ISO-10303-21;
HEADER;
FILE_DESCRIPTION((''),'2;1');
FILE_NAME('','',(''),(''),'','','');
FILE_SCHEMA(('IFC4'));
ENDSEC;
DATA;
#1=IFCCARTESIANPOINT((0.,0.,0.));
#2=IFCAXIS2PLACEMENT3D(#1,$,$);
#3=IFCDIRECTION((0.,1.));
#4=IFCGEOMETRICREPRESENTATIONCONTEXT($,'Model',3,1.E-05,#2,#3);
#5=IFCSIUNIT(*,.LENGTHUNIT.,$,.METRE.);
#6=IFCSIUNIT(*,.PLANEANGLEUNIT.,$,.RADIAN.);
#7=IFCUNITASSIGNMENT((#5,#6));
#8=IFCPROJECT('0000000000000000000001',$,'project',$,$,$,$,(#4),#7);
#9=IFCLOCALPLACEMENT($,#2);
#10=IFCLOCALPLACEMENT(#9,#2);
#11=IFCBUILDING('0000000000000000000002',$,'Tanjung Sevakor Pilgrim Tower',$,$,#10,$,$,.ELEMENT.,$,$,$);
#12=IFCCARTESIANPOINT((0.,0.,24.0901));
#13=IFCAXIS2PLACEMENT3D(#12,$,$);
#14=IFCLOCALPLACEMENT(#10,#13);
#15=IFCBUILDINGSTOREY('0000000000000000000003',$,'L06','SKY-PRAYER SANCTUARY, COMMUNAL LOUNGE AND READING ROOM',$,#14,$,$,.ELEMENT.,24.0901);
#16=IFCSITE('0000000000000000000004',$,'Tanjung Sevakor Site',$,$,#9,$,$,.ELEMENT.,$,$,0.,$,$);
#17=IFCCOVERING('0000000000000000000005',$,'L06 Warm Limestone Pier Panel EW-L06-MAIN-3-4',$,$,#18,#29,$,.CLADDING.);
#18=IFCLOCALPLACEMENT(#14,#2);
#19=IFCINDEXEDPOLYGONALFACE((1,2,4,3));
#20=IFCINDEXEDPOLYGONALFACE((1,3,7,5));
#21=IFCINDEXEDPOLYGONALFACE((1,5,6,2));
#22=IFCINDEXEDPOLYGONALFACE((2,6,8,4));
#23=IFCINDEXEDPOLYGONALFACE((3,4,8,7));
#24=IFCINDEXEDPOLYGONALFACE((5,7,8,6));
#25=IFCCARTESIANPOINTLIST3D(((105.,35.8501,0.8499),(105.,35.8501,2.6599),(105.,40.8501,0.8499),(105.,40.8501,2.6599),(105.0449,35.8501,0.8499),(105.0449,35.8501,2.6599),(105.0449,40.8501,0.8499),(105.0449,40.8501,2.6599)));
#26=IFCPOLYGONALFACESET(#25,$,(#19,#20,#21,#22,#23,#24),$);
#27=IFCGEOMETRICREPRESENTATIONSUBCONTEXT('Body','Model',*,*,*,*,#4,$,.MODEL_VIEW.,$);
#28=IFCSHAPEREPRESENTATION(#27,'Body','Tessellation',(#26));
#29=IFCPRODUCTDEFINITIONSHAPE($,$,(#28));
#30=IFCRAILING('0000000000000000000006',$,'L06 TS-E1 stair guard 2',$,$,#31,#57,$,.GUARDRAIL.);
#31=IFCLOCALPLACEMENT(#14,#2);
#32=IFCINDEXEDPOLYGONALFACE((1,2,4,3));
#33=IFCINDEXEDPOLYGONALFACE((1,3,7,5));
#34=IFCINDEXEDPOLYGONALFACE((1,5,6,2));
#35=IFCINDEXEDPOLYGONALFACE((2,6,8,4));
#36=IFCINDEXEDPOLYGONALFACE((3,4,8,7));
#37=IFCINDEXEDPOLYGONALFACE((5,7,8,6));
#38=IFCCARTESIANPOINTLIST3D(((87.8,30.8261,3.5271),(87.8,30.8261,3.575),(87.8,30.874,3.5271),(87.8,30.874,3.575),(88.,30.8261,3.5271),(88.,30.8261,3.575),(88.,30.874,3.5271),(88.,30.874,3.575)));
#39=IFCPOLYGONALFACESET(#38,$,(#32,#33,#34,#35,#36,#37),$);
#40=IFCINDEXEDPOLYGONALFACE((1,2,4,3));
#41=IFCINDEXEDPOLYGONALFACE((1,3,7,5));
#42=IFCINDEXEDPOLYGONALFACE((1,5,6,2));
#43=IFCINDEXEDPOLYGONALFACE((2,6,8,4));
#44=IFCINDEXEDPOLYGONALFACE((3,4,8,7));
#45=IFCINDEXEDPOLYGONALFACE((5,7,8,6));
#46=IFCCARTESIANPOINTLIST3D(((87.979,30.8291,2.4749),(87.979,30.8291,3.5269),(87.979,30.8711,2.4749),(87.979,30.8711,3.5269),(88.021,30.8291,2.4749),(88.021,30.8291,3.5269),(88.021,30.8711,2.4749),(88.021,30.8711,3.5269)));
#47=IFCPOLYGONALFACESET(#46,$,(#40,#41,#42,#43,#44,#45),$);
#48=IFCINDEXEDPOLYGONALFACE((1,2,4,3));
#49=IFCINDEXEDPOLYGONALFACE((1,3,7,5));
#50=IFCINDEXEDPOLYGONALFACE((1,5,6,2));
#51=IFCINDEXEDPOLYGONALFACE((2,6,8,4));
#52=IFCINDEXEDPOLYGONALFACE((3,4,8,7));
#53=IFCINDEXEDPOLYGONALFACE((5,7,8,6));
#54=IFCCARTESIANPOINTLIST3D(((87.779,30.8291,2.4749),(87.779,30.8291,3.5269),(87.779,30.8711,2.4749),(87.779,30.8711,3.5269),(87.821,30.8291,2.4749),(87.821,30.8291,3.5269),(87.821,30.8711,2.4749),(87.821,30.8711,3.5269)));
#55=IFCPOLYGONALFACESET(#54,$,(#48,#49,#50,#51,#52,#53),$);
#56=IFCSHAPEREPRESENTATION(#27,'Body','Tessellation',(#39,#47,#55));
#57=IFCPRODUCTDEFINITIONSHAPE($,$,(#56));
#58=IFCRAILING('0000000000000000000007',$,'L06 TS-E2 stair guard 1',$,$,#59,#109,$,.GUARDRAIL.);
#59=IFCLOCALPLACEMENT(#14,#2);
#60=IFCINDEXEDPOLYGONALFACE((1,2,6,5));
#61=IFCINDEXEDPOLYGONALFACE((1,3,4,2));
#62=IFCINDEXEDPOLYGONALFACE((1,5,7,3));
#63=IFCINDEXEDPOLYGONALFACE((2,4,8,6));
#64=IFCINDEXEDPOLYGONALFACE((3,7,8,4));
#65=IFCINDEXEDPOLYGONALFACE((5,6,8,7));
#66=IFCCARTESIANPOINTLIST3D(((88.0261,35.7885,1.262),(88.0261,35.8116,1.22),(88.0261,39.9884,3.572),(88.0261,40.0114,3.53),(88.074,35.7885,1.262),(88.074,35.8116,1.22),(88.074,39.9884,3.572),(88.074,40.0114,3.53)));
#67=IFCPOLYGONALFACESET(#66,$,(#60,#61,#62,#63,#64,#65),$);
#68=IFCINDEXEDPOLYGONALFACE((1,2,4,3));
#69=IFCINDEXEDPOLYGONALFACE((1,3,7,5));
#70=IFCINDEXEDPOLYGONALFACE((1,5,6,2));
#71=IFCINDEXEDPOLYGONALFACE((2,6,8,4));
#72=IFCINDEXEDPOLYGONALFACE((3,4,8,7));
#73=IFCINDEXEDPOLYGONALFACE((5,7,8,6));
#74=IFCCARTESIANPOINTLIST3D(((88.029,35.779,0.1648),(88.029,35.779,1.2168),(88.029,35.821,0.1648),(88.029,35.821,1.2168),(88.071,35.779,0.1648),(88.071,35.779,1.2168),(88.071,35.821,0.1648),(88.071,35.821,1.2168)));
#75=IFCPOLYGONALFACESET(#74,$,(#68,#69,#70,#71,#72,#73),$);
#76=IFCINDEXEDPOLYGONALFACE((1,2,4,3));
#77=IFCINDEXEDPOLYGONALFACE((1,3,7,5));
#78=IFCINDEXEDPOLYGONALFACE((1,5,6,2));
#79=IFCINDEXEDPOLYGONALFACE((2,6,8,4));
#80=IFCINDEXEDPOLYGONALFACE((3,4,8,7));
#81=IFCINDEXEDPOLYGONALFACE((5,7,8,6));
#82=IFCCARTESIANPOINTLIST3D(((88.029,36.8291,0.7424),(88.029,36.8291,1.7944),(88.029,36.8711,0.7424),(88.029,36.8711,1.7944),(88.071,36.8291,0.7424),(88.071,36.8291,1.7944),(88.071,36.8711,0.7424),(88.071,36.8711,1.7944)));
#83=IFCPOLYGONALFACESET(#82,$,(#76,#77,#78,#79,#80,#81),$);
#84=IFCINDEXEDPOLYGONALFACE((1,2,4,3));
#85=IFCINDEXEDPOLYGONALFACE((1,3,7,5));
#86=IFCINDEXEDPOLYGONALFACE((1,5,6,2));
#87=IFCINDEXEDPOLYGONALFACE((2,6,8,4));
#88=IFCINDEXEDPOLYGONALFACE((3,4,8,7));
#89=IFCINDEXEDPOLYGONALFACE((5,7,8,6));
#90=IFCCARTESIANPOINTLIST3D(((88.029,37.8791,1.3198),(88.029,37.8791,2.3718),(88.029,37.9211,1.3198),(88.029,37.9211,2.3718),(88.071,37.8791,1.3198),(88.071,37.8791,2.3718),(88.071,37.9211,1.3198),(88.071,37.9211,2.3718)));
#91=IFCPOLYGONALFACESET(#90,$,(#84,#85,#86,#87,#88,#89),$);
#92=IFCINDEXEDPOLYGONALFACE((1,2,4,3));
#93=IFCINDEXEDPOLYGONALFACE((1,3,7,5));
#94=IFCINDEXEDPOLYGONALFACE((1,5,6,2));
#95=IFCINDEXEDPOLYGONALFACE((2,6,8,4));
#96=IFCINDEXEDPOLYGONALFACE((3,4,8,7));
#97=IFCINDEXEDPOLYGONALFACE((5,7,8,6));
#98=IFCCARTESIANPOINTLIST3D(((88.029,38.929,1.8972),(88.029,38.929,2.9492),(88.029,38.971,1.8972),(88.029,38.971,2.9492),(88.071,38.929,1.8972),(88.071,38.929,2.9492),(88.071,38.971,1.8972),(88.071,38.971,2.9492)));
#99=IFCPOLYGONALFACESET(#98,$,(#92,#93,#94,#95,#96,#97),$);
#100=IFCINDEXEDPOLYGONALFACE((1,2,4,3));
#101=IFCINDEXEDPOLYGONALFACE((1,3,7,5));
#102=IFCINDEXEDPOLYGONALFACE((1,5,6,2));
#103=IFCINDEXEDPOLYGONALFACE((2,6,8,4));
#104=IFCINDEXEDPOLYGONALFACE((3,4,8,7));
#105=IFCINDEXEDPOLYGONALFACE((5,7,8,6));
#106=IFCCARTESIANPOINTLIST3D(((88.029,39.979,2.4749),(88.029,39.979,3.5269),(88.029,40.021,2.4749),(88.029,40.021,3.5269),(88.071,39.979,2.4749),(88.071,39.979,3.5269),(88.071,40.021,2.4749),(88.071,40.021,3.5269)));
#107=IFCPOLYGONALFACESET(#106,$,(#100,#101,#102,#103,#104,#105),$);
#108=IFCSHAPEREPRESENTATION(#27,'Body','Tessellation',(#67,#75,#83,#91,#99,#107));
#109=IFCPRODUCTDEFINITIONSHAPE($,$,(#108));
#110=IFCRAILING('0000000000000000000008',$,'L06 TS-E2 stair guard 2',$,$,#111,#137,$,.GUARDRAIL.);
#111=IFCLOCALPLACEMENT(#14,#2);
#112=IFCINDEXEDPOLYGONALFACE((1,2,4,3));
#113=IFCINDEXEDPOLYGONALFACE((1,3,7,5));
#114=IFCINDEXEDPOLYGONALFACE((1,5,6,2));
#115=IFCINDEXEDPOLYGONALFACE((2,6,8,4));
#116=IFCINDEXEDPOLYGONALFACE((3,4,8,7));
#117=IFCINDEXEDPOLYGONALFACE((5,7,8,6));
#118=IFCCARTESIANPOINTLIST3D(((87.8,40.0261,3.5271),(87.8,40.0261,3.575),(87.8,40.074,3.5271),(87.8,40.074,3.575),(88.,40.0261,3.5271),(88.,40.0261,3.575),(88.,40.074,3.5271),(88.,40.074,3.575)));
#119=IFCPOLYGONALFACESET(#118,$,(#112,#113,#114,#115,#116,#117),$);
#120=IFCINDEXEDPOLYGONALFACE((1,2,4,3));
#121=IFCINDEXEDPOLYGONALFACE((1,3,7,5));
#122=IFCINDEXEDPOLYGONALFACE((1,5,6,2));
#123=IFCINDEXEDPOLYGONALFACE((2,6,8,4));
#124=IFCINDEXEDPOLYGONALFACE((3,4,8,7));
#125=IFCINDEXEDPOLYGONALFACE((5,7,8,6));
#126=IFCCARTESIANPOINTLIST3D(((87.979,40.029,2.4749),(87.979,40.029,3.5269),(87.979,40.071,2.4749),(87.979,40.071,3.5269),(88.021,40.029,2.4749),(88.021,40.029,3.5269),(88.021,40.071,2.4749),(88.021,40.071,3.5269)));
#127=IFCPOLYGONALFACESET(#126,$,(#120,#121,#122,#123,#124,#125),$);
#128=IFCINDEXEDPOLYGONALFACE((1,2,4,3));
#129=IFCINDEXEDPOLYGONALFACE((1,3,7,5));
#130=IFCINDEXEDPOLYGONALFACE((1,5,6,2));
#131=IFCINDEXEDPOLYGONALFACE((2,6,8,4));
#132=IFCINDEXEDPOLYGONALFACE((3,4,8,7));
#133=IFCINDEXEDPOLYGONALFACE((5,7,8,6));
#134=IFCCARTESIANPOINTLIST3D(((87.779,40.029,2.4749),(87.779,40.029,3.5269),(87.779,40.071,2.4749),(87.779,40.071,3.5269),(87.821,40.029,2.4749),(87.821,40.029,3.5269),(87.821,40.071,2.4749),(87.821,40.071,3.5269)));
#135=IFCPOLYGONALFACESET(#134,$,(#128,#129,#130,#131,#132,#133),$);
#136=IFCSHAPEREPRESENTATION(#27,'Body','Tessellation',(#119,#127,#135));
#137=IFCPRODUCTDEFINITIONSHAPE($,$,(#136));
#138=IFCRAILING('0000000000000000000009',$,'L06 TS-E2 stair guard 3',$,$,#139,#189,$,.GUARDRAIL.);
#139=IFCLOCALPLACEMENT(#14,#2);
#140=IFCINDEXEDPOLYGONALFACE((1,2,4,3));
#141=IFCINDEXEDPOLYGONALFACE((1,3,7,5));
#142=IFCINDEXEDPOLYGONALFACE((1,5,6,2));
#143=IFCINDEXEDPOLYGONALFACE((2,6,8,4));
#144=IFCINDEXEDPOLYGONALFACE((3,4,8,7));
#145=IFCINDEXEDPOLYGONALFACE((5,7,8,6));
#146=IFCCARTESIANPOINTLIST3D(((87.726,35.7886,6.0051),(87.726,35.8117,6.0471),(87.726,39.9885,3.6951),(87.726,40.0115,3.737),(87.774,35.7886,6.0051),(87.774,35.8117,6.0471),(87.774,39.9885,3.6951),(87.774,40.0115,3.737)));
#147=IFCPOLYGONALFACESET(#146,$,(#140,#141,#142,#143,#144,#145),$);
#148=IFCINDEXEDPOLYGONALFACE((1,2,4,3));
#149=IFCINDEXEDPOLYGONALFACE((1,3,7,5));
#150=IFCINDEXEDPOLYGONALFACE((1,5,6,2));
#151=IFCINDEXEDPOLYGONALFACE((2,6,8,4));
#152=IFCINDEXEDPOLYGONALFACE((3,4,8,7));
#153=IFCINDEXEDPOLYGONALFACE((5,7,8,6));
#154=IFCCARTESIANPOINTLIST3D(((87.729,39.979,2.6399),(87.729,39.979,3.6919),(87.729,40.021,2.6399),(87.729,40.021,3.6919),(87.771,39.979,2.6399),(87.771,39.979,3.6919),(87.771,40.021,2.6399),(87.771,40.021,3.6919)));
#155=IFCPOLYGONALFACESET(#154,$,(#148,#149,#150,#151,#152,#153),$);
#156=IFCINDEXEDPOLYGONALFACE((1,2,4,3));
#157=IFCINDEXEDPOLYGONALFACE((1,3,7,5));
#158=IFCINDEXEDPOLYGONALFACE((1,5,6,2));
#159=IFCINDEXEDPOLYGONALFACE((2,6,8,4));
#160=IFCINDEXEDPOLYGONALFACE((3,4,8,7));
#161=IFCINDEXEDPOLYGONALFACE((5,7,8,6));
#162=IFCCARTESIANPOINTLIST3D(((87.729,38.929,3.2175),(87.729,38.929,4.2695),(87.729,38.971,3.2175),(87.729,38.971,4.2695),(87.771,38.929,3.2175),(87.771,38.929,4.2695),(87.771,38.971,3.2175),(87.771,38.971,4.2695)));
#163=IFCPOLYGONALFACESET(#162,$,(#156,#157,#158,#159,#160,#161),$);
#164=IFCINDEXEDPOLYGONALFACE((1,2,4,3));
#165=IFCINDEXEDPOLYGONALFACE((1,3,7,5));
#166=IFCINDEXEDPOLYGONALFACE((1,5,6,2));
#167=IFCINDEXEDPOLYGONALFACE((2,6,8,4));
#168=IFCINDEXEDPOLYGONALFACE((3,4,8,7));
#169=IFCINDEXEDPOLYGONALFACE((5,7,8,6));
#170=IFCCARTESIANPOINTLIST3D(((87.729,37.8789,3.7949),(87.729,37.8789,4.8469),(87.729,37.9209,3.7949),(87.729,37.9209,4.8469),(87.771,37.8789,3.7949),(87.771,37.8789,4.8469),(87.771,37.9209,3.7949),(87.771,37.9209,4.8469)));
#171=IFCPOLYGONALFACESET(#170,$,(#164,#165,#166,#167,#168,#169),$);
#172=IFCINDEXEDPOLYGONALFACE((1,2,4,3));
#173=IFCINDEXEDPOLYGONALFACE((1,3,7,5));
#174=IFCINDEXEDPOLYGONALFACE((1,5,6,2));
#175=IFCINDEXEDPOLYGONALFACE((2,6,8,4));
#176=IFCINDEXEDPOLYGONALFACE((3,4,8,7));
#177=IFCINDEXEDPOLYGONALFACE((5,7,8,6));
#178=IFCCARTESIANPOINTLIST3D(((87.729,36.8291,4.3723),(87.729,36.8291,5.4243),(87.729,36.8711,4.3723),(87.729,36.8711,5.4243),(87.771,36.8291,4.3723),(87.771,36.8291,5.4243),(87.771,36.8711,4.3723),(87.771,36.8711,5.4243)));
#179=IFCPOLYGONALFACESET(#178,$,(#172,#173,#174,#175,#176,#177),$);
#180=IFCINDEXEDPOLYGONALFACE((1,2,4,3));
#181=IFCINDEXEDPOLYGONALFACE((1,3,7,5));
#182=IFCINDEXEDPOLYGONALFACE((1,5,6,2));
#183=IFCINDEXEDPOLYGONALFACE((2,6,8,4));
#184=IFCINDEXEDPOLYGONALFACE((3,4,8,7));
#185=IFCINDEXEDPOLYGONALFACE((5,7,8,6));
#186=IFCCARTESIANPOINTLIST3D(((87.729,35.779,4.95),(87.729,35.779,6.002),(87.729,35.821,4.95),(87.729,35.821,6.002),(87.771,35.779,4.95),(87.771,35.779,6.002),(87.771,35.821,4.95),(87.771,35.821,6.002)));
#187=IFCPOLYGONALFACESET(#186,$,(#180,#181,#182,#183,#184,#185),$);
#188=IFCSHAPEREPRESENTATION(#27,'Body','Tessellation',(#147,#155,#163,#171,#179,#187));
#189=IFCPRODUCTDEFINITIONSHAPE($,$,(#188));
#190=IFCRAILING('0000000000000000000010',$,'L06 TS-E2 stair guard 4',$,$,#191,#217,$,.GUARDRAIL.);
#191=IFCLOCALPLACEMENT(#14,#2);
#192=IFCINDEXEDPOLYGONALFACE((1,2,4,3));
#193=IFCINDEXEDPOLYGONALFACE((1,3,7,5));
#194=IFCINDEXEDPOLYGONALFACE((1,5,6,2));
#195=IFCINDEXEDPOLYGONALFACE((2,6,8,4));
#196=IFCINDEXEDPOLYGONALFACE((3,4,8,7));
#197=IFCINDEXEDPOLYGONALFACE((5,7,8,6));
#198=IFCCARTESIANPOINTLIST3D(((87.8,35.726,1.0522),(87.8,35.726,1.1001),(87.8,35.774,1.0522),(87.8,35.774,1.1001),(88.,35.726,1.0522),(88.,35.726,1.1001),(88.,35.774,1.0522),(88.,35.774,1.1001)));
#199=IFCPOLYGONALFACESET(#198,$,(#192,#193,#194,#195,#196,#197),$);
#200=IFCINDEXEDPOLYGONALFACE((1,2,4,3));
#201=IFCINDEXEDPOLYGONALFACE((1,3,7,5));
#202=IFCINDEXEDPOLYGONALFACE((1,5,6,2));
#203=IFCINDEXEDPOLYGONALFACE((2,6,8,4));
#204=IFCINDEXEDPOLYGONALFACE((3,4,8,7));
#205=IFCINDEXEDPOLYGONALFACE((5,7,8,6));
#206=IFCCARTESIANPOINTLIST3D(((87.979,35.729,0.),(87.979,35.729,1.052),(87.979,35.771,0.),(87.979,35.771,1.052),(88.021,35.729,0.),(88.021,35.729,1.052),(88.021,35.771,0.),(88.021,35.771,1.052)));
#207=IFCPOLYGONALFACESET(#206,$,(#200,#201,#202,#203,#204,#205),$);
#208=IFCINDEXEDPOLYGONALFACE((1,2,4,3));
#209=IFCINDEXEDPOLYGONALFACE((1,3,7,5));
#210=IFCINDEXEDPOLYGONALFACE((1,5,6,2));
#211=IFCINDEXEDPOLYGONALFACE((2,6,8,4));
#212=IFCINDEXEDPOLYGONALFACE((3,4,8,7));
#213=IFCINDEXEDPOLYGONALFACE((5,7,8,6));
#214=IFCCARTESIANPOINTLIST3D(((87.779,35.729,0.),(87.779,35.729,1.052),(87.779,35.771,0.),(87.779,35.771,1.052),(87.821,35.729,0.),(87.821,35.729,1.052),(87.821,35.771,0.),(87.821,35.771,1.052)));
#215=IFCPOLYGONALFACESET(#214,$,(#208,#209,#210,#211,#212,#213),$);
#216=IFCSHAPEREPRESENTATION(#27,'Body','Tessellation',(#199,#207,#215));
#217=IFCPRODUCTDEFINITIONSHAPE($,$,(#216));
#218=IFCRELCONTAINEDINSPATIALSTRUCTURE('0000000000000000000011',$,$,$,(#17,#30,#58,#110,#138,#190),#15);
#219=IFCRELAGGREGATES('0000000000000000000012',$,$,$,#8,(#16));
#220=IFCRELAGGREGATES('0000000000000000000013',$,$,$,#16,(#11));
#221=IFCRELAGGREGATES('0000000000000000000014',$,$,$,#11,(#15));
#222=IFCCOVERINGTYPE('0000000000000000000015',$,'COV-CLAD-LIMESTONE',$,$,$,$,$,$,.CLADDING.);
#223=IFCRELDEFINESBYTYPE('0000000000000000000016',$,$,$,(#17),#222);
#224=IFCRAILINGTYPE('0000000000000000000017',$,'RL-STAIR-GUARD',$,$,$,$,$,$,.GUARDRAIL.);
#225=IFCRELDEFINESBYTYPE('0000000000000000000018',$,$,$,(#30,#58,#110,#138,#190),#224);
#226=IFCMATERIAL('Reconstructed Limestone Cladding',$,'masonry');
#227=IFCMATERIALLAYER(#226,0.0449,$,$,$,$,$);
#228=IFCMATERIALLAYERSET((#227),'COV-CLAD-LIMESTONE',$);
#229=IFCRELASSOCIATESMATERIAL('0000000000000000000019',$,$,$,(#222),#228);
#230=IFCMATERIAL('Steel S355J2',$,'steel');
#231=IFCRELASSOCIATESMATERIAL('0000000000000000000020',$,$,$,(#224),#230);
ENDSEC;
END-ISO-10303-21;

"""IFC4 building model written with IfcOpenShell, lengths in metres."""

from ifc_helpers import new_model, si_unit, direction, frame, origin, origin_2d, place, context, subcontext, project, spatial, rectangle, extrude, material, layer, layer_set, type_object, element, save


model = new_model("IFC4")

# Units and contexts
model_context = context("Model", 3, precision=1e-05, world=origin(), true_north=direction((0.0, 1.0)))
body_context = subcontext(model_context, "Body", "Model", "MODEL_VIEW")
ifc_project = project(units=[si_unit("LENGTHUNIT", "METRE"), si_unit("PLANEANGLEUNIT", "RADIAN")], contexts=[model_context])

# Site, building, storey
site_placement = place(None, origin())
site = spatial("IfcSite", under=ifc_project, at=site_placement, Name="Tanjung Sevakor Site", CompositionType="ELEMENT", RefElevation=0.0)
building_placement = place(site_placement, origin())
building = spatial("IfcBuilding", under=site, at=building_placement, Name="Tanjung Sevakor Pilgrim Tower", CompositionType="ELEMENT")
storey_placement = place(building_placement, frame((0.0, 0.0, 24.0901)))
storey = spatial("IfcBuildingStorey", under=building, at=storey_placement, Name="L06", Description="SKY-PRAYER SANCTUARY, COMMUNAL LOUNGE AND READING ROOM", CompositionType="ELEMENT", Elevation=24.0901)

# Covering
ifc_material_1 = material(Name="Reconstructed Limestone Cladding", Category="masonry")
ifc_layer_1 = layer(ifc_material_1, 0.0449)
ifc_layer_set_1 = layer_set([ifc_layer_1], Name="COV-CLAD-LIMESTONE")
covering_type = type_object("IfcCoveringType", Name="COV-CLAD-LIMESTONE", PredefinedType="CLADDING", material=ifc_layer_set_1)
covering_1_placement = place(storey_placement, frame((105.0225, 38.3501, 0.8499), z_axis=(0.0, 0.0, 1.0), x_axis=(0.0, 1.0, 0.0)))
element("IfcCovering", 1, at=covering_1_placement, inside=storey, type_object=covering_type, Name="L06 Warm Limestone Pier Panel EW-L06-MAIN-3-4", PredefinedType="CLADDING", context=body_context, shape_type="SweptSolid", body=[
    extrude(rectangle(XDim=5.0, YDim=0.0449, at=origin_2d()), origin(), (0.0, 0.0, 1.0), 1.8101),
])

# Railings
ifc_material_2 = material(Name="Steel S355J2", Category="steel")
railing_type_1 = type_object("IfcRailingType", Name="RL-STAIR-GUARD", PredefinedType="GUARDRAIL", material=ifc_material_2)
railing_1_placement = place(storey_placement, frame((88.0, 30.8501, 2.4749)))
element("IfcRailing", 2, at=railing_1_placement, inside=storey, type_object=railing_type_1, Name="L06 TS-E1 stair guard 2", PredefinedType="GUARDRAIL", context=body_context, shape_type="SweptSolid", body=[
    extrude(rectangle(XDim=0.0479, YDim=0.0479), frame((0.0, 0.0, 1.0762), z_axis=(-1.0, 0.0, 0.0), x_axis=(0.0, -1.0, 0.0)), (0.0, 0.0, 1.0), 0.2),
    extrude(rectangle(XDim=0.042, YDim=0.042), origin(), (0.0, 0.0, 1.0), 1.052),
    extrude(rectangle(XDim=0.042, YDim=0.042), frame((-0.2, 0.0, 0.0)), (0.0, 0.0, 1.0), 1.052),
])
railing_2_placement = place(storey_placement, frame((88.05, 35.8, 0.1648)))
element("IfcRailing", 3, at=railing_2_placement, inside=storey, type_object=railing_type_1, Name="L06 TS-E2 stair guard 1", PredefinedType="GUARDRAIL", context=body_context, shape_type="SweptSolid", body=[
    extrude(rectangle(XDim=0.0479, YDim=0.0479), frame((0.0, 0.0, 1.0762), z_axis=(0.0, 0.876208, 0.481932), x_axis=(-1.0, 0.0, 0.0)), (0.0, 0.0, 1.0), 4.7932),
    extrude(rectangle(XDim=0.042, YDim=0.042), origin(), (0.0, 0.0, 1.0), 1.052),
    extrude(rectangle(XDim=0.042, YDim=0.042), frame((0.0, 1.05, 0.5776)), (0.0, 0.0, 1.0), 1.052),
    extrude(rectangle(XDim=0.042, YDim=0.042), frame((0.0, 2.1001, 1.155)), (0.0, 0.0, 1.0), 1.052),
    extrude(rectangle(XDim=0.042, YDim=0.042), frame((0.0, 3.1499, 1.7324)), (0.0, 0.0, 1.0), 1.052),
    extrude(rectangle(XDim=0.042, YDim=0.042), frame((0.0, 4.2, 2.3101)), (0.0, 0.0, 1.0), 1.052),
])
railing_3_placement = place(storey_placement, frame((88.0, 40.05, 2.4749)))
element("IfcRailing", 4, at=railing_3_placement, inside=storey, type_object=railing_type_1, Name="L06 TS-E2 stair guard 2", PredefinedType="GUARDRAIL", context=body_context, shape_type="SweptSolid", body=[
    extrude(rectangle(XDim=0.0479, YDim=0.0479), frame((0.0, 0.0, 1.0762), z_axis=(-1.0, 0.0, 0.0), x_axis=(0.0, -1.0, 0.0)), (0.0, 0.0, 1.0), 0.2),
    extrude(rectangle(XDim=0.042, YDim=0.042), origin(), (0.0, 0.0, 1.0), 1.052),
    extrude(rectangle(XDim=0.042, YDim=0.042), frame((-0.2, 0.0, 0.0)), (0.0, 0.0, 1.0), 1.052),
])
railing_4_placement = place(storey_placement, frame((87.75, 40.0, 2.6399)))
element("IfcRailing", 5, at=railing_4_placement, inside=storey, type_object=railing_type_1, Name="L06 TS-E2 stair guard 3", PredefinedType="GUARDRAIL", context=body_context, shape_type="SweptSolid", body=[
    extrude(rectangle(XDim=0.0479, YDim=0.0479), frame((0.0, 0.0, 1.0762), z_axis=(0.0, -0.876208, 0.481932), x_axis=(1.0, 0.0, 0.0)), (0.0, 0.0, 1.0), 4.7932),
    extrude(rectangle(XDim=0.042, YDim=0.042), origin(), (0.0, 0.0, 1.0), 1.052),
    extrude(rectangle(XDim=0.042, YDim=0.042), frame((0.0, -1.05, 0.5776)), (0.0, 0.0, 1.0), 1.052),
    extrude(rectangle(XDim=0.042, YDim=0.042), frame((0.0, -2.1001, 1.155)), (0.0, 0.0, 1.0), 1.052),
    extrude(rectangle(XDim=0.042, YDim=0.042), frame((0.0, -3.1499, 1.7324)), (0.0, 0.0, 1.0), 1.052),
    extrude(rectangle(XDim=0.042, YDim=0.042), frame((0.0, -4.2, 2.3101)), (0.0, 0.0, 1.0), 1.052),
])
railing_5_placement = place(storey_placement, frame((88.0, 35.75, 0.0)))
element("IfcRailing", 6, at=railing_5_placement, inside=storey, type_object=railing_type_1, Name="L06 TS-E2 stair guard 4", PredefinedType="GUARDRAIL", context=body_context, shape_type="SweptSolid", body=[
    extrude(rectangle(XDim=0.0479, YDim=0.0479), frame((0.0, 0.0, 1.0762), z_axis=(-1.0, 0.0, 0.0), x_axis=(0.0, -1.0, 0.0)), (0.0, 0.0, 1.0), 0.2),
    extrude(rectangle(XDim=0.042, YDim=0.042), origin(), (0.0, 0.0, 1.0), 1.052),
    extrude(rectangle(XDim=0.042, YDim=0.042), frame((-0.2, 0.0, 0.0)), (0.0, 0.0, 1.0), 1.052),
])

save(model, "model.ifc")
